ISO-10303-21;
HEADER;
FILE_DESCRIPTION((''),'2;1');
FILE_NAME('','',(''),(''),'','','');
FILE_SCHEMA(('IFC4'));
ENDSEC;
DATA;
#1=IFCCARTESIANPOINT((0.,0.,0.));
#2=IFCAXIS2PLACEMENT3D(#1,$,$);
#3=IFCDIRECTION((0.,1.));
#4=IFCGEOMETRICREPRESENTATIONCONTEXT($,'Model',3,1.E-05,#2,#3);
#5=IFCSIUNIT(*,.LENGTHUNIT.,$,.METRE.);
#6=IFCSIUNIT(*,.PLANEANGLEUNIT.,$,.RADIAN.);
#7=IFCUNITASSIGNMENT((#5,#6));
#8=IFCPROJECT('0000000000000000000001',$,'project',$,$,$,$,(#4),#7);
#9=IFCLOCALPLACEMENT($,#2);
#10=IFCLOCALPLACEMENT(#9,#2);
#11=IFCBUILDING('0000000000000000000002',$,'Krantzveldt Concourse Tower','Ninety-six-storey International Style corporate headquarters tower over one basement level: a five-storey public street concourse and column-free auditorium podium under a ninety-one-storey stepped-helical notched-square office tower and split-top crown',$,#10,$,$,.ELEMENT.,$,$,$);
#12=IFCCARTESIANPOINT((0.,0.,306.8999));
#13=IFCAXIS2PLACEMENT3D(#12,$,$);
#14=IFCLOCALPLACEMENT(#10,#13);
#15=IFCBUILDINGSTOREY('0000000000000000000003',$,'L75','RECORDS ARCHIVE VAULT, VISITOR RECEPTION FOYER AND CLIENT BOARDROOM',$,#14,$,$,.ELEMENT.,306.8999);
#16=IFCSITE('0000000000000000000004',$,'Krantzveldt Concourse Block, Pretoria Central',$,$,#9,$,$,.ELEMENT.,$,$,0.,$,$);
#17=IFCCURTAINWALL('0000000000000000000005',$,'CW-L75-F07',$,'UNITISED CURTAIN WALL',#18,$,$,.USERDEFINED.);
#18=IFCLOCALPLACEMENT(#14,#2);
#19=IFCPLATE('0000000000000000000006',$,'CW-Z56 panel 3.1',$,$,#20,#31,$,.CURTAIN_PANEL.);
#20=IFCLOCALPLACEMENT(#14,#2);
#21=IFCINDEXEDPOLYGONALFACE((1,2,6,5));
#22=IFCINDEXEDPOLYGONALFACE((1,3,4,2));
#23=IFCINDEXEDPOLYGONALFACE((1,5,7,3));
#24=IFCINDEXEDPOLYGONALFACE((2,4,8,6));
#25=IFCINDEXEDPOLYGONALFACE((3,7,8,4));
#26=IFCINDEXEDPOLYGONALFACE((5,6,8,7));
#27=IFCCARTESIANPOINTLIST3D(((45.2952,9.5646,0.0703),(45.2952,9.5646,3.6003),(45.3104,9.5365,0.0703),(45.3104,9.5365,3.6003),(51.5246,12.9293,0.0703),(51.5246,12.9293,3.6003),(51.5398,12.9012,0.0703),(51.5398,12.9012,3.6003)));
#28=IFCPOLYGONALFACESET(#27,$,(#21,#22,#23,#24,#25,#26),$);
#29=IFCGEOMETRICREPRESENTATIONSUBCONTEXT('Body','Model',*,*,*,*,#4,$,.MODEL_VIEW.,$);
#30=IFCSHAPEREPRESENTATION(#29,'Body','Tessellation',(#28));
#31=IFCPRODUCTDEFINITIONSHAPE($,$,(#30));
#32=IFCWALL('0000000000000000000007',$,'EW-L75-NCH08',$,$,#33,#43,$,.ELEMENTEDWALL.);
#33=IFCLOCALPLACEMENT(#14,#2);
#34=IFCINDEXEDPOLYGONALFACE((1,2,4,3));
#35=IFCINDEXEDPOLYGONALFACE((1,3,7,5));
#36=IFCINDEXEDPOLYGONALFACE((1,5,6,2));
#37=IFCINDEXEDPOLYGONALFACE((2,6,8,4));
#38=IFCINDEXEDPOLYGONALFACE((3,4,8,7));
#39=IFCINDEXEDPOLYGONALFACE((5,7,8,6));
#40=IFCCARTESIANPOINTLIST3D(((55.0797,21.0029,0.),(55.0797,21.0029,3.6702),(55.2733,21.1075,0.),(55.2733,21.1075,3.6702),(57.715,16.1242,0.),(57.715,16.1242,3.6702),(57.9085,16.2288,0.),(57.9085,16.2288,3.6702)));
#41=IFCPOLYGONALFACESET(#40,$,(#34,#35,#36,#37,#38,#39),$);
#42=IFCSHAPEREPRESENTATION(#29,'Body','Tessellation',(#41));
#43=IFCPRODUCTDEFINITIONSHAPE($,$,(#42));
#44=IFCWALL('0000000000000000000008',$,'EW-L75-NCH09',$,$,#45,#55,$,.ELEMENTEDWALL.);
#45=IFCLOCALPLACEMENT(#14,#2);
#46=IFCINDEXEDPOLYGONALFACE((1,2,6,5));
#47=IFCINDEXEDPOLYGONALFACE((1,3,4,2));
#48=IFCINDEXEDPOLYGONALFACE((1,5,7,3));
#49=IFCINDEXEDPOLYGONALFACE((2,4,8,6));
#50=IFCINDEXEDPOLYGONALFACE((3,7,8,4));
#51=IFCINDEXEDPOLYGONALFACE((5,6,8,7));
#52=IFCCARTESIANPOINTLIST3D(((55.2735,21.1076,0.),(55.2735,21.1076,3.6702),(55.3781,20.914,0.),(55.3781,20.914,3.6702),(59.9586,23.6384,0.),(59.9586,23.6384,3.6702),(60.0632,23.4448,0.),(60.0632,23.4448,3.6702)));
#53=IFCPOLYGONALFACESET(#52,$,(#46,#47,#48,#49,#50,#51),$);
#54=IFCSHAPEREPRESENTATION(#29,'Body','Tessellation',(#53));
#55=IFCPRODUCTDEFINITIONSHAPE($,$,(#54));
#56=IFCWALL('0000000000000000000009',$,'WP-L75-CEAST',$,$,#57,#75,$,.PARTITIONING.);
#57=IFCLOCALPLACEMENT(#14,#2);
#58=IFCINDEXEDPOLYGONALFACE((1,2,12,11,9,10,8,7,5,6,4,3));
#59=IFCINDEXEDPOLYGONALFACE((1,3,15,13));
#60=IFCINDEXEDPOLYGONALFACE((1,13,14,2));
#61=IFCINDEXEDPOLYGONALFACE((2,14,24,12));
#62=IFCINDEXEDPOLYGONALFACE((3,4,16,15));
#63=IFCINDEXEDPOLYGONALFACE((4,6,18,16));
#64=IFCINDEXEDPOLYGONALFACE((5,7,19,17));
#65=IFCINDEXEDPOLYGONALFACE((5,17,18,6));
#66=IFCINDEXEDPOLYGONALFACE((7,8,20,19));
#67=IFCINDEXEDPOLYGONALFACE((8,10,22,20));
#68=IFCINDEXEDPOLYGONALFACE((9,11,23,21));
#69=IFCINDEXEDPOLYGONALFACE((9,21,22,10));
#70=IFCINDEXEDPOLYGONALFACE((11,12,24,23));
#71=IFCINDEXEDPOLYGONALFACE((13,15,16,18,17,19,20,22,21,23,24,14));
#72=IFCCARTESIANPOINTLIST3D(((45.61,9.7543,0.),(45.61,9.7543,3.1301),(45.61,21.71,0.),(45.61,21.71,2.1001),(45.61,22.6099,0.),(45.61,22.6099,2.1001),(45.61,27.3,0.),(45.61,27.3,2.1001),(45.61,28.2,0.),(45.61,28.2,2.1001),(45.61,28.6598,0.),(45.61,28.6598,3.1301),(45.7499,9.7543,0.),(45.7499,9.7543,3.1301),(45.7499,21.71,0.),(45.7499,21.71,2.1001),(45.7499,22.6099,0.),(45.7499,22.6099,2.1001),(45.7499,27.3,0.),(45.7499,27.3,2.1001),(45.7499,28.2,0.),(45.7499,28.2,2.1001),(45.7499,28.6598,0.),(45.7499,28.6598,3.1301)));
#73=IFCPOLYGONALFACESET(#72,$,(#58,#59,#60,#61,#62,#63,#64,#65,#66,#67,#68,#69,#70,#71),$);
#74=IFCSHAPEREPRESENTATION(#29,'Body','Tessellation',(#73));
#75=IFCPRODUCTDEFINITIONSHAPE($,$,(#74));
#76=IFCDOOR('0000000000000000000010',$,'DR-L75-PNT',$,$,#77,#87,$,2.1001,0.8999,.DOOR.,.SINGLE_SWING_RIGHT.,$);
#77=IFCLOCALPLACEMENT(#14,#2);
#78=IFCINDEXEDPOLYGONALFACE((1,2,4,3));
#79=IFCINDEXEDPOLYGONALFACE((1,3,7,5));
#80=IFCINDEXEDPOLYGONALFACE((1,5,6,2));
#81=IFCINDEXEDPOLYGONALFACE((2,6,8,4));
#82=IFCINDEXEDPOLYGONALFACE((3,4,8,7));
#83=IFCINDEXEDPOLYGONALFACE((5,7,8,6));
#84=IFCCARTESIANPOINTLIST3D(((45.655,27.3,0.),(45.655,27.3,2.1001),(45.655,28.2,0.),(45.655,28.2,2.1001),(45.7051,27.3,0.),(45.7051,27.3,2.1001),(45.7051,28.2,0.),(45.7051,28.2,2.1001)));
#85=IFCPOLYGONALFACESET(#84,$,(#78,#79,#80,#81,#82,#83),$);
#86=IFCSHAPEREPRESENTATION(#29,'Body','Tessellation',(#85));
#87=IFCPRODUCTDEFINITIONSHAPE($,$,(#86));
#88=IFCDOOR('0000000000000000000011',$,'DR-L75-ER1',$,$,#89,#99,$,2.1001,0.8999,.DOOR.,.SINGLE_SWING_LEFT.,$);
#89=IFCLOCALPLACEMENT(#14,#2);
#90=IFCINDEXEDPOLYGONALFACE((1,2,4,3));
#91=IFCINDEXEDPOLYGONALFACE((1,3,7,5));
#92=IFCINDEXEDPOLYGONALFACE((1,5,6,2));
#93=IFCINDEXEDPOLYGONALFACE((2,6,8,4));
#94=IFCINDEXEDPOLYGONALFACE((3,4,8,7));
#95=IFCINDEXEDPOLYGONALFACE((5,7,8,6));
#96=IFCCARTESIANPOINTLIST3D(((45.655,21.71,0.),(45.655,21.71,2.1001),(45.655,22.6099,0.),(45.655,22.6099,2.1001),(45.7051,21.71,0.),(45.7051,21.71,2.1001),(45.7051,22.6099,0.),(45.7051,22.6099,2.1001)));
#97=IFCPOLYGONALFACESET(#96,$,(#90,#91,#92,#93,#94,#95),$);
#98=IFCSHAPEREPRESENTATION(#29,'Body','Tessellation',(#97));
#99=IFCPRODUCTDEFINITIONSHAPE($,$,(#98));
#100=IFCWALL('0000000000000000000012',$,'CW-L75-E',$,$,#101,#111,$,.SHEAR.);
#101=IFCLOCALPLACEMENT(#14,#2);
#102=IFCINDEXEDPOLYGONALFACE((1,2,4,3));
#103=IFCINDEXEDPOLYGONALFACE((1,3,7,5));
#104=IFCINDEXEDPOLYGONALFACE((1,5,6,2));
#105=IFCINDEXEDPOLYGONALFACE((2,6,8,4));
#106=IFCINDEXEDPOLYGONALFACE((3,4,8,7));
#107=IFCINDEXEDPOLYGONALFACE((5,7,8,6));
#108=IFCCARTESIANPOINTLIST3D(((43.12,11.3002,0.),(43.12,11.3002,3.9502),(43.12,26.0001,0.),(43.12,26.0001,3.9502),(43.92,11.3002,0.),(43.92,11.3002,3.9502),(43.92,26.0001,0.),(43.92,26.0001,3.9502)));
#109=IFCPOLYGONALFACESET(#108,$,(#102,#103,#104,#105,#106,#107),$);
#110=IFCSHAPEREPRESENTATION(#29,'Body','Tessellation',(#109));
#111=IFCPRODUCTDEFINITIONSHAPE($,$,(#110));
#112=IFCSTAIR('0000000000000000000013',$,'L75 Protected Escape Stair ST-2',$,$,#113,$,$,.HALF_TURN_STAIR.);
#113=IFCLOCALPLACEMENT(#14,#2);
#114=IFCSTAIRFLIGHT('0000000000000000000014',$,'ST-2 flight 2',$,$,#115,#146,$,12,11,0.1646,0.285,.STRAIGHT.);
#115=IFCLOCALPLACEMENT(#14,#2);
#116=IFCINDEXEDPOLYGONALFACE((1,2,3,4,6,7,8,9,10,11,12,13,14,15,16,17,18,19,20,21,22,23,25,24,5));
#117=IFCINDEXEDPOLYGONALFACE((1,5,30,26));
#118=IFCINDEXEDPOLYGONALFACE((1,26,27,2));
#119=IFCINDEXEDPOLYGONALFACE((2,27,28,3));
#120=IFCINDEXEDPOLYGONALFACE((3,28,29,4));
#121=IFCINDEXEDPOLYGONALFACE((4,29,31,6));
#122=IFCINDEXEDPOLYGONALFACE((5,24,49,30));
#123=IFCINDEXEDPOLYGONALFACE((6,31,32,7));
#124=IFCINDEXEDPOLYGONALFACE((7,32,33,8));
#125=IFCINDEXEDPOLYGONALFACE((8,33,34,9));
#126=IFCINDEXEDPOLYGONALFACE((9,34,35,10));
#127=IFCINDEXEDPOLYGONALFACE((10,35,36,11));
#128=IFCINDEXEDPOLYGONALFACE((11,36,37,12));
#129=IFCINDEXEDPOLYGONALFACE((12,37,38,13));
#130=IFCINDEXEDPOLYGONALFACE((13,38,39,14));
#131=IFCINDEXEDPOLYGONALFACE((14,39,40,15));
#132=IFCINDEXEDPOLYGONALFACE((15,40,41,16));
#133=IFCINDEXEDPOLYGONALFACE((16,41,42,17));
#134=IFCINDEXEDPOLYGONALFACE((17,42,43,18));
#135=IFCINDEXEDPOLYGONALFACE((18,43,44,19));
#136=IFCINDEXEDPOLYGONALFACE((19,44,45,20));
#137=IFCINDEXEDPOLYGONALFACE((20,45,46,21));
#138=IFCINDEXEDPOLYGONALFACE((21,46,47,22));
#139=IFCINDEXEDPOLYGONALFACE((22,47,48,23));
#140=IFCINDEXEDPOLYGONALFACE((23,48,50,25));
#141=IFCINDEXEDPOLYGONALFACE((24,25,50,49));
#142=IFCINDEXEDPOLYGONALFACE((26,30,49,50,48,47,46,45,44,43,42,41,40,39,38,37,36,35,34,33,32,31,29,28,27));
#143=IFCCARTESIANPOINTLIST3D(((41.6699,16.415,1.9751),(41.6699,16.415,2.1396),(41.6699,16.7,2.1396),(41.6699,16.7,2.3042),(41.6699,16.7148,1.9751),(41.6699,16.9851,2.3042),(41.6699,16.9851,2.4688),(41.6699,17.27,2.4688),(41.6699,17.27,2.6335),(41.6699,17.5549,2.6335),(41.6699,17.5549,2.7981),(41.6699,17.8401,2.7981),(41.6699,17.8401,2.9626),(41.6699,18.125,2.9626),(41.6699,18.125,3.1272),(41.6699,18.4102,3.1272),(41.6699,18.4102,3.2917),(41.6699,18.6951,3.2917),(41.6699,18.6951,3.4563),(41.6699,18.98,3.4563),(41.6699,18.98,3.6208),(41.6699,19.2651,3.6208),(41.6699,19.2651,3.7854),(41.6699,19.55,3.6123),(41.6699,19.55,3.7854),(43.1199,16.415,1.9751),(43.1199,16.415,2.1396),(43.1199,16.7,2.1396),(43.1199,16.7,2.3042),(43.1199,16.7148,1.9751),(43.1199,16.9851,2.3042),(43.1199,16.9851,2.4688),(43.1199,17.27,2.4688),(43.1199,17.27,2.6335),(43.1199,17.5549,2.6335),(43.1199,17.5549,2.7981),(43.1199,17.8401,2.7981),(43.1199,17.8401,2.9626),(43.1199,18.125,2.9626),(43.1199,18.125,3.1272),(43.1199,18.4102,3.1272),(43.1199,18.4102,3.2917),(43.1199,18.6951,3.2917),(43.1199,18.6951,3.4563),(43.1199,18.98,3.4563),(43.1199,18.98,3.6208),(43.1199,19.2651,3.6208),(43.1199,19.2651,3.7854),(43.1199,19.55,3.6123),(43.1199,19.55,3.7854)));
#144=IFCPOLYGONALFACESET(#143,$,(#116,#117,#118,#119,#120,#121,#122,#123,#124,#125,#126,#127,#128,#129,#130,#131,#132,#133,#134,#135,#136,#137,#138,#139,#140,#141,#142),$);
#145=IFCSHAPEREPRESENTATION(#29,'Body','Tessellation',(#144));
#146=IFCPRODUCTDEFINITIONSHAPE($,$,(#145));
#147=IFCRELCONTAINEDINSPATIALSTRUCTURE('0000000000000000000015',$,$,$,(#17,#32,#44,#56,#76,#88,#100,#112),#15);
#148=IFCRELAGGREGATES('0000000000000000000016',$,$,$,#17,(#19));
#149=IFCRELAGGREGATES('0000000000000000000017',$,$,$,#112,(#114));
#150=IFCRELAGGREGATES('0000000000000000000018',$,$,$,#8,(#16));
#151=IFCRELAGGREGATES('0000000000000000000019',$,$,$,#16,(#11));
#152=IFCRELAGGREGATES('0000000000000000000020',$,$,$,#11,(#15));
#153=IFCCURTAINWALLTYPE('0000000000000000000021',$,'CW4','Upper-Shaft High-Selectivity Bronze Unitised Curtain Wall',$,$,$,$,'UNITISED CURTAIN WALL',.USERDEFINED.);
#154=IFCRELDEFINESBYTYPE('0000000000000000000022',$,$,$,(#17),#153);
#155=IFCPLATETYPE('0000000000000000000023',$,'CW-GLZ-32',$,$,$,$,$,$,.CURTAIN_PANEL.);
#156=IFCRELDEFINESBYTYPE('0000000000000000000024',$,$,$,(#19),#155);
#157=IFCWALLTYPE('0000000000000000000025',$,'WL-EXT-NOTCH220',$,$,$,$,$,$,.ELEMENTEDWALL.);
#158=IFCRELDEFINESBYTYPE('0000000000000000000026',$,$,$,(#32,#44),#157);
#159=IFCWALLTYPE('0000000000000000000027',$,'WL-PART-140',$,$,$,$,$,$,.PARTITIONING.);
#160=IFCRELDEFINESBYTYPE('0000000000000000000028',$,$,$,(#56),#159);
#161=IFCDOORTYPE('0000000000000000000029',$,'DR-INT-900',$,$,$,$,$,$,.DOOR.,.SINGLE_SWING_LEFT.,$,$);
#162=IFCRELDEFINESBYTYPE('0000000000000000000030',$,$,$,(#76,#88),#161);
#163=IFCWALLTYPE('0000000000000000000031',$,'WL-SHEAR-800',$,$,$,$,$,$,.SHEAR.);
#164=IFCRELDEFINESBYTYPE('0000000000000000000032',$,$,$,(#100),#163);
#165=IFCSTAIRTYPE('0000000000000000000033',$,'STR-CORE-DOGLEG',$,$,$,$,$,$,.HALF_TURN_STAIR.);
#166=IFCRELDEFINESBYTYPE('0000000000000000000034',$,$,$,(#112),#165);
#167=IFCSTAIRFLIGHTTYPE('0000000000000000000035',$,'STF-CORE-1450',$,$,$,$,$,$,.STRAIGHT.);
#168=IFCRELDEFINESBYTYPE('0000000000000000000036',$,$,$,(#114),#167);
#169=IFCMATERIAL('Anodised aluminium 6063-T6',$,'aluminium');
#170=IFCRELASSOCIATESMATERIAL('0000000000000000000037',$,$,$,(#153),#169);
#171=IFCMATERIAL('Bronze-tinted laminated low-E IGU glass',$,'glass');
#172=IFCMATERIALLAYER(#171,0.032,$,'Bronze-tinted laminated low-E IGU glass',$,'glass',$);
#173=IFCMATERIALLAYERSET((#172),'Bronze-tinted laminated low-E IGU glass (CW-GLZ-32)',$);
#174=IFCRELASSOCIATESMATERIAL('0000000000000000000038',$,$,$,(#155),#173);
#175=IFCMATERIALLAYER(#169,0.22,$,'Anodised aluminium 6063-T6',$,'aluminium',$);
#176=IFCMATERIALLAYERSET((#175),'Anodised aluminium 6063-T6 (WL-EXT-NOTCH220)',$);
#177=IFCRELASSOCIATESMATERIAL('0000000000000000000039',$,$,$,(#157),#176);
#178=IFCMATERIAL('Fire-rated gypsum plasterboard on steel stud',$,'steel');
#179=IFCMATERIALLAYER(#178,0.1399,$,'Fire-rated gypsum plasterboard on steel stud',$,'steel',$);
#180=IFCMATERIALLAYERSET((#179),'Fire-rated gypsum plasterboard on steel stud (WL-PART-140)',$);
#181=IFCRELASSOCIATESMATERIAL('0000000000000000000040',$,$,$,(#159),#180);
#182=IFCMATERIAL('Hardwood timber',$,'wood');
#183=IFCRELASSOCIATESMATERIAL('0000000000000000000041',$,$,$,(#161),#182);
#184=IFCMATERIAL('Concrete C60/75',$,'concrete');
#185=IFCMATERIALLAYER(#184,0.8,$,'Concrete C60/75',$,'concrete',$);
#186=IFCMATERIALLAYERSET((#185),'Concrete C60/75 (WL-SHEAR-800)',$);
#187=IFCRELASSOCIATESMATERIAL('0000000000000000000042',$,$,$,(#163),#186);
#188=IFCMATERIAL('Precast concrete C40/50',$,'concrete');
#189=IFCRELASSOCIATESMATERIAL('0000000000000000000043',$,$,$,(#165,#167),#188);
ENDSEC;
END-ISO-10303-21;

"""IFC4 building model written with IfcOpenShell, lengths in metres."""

from ifc_helpers import new_model, si_unit, direction, frame, frame_2d, origin, origin_2d, place, context, subcontext, project, spatial, polyline, rectangle, outline, extrude, source, transform, mapped, material, layer, layer_set, type_object, element, fill, aggregate, save


model = new_model("IFC4")

# Units and contexts
model_context = context("Model", 3, precision=1e-05, world=origin(), true_north=direction((0.0, 1.0)))
body_context = subcontext(model_context, "Body", "Model", "MODEL_VIEW")
ifc_project = project(units=[si_unit("LENGTHUNIT", "METRE"), si_unit("PLANEANGLEUNIT", "RADIAN")], contexts=[model_context])

# Site, building, storey
site_placement = place(None, origin())
site = spatial("IfcSite", under=ifc_project, at=site_placement, Name="Krantzveldt Concourse Block, Pretoria Central", CompositionType="ELEMENT", RefElevation=0.0)
building_placement = place(site_placement, origin())
building = spatial("IfcBuilding", under=site, at=building_placement, Name="Krantzveldt Concourse Tower", Description="Ninety-six-storey International Style corporate headquarters tower over one basement level: a five-storey public street concourse and column-free auditorium podium under a ninety-one-storey stepped-helical notched-square office tower and split-top crown", CompositionType="ELEMENT")
storey_placement = place(building_placement, frame((0.0, 0.0, 306.8999)))
storey = spatial("IfcBuildingStorey", under=building, at=storey_placement, Name="L75", Description="RECORDS ARCHIVE VAULT, VISITOR RECEPTION FOYER AND CLIENT BOARDROOM", CompositionType="ELEMENT", Elevation=306.8999)

# Curtain wall
ifc_material_1 = material(Name="Anodised aluminium 6063-T6", Category="aluminium")
curtain_wall_type = type_object("IfcCurtainWallType", Name="CW4", Description="Upper-Shaft High-Selectivity Bronze Unitised Curtain Wall", ElementType="UNITISED CURTAIN WALL", PredefinedType="USERDEFINED", material=ifc_material_1)
curtain_wall_1_placement = place(storey_placement, origin())
curtain_wall_1 = element("IfcCurtainWall", 1, at=curtain_wall_1_placement, inside=storey, type_object=curtain_wall_type, Name="CW-L75-F07", ObjectType="UNITISED CURTAIN WALL", PredefinedType="USERDEFINED")

# Plate
ifc_material_2 = material(Name="Bronze-tinted laminated low-E IGU glass", Category="glass")
ifc_layer_1 = layer(ifc_material_2, 0.032, Name="Bronze-tinted laminated low-E IGU glass", Category="glass")
ifc_layer_set_1 = layer_set([ifc_layer_1], Name="Bronze-tinted laminated low-E IGU glass (CW-GLZ-32)")
plate_type = type_object("IfcPlateType", Name="CW-GLZ-32", PredefinedType="CURTAIN_PANEL", material=ifc_layer_set_1)
shared_shape_1 = source(origin(), body_context, "Body", "SweptSolid", [
    extrude(rectangle(XDim=7.0801, YDim=0.032, at=origin_2d()), origin(), (0.0, 0.0, 1.0), 3.53),
])
plate_1_placement = place(storey_placement, frame((48.4175, 11.2329, 0.0703), z_axis=(0.0, 0.0, 1.0), x_axis=(0.879856, 0.47524, 0.0)))
plate_1 = element("IfcPlate", 2, at=plate_1_placement, type_object=plate_type, Name="CW-Z56 panel 3.1", PredefinedType="CURTAIN_PANEL", context=body_context, shape_type="MappedRepresentation", body=[
    mapped(shared_shape_1, transform((0.0, 0.0, 0.0), x_axis=(1.0, 0.0, 0.0), y_axis=(0.0, 1.0, 0.0), z_axis=(0.0, 0.0, 1.0), scale=1.0)),
])
aggregate(curtain_wall_1, [plate_1])

# Walls
ifc_layer_2 = layer(ifc_material_1, 0.22, Name="Anodised aluminium 6063-T6", Category="aluminium")
ifc_layer_set_2 = layer_set([ifc_layer_2], Name="Anodised aluminium 6063-T6 (WL-EXT-NOTCH220)")
wall_type_1 = type_object("IfcWallType", Name="WL-EXT-NOTCH220", PredefinedType="ELEMENTEDWALL", material=ifc_layer_set_2)
wall_1_placement = place(storey_placement, frame((57.8118, 16.1765, 0.0), z_axis=(0.0, 0.0, 1.0), x_axis=(-0.475257, 0.879847, 0.0)))
element("IfcWall", 3, at=wall_1_placement, inside=storey, type_object=wall_type_1, Name="EW-L75-NCH08", PredefinedType="ELEMENTEDWALL", context=body_context, shape_type="SweptSolid", body=[
    extrude(rectangle(XDim=5.5449, YDim=0.22, at=frame_2d((2.7725, 0.0))), origin(), (0.0, 0.0, 1.0), 3.6702),
])
wall_2_placement = place(storey_placement, frame((55.3257, 21.0107, 0.0), z_axis=(0.0, 0.0, 1.0), x_axis=(0.87984, 0.47527, 0.0)))
element("IfcWall", 4, at=wall_2_placement, inside=storey, type_object=wall_type_1, Name="EW-L75-NCH09", PredefinedType="ELEMENTEDWALL", context=body_context, shape_type="SweptSolid", body=[
    extrude(rectangle(XDim=5.325, YDim=0.22, at=frame_2d((2.6626, 0.0))), origin(), (0.0, 0.0, 1.0), 3.6702),
])

# Wall, openings, doors
ifc_material_3 = material(Name="Fire-rated gypsum plasterboard on steel stud", Category="steel")
ifc_layer_3 = layer(ifc_material_3, 0.1399, Name="Fire-rated gypsum plasterboard on steel stud", Category="steel")
ifc_layer_set_3 = layer_set([ifc_layer_3], Name="Fire-rated gypsum plasterboard on steel stud (WL-PART-140)")
wall_type_2 = type_object("IfcWallType", Name="WL-PART-140", PredefinedType="PARTITIONING", material=ifc_layer_set_3)
wall_3_placement = place(storey_placement, frame((45.6799, 9.7544, 0.0), z_axis=(0.0, 0.0, 1.0), x_axis=(0.0, 1.0, 0.0)))
wall_3 = element("IfcWall", 5, at=wall_3_placement, inside=storey, type_object=wall_type_2, Name="WP-L75-CEAST", PredefinedType="PARTITIONING", context=body_context, shape_type="SweptSolid", body=[
    extrude(rectangle(XDim=18.9055, YDim=0.1399, at=frame_2d((9.4526, 0.0))), origin(), (0.0, 0.0, 1.0), 3.1301),
])
opening_1_placement = place(wall_3_placement, frame((17.5457, 0.0, 0.0)))
opening_1 = element("IfcOpeningElement", 6, at=opening_1_placement, cuts=wall_3, PredefinedType="OPENING", context=body_context, shape_type="SweptSolid", body=[
    extrude(rectangle(XDim=0.8999, YDim=2.1001, at=frame_2d((0.45, 1.05))), frame((0.0, 0.0801, 0.0), z_axis=(0.0, -1.0, 0.0), x_axis=(1.0, 0.0, 0.0)), (0.0, 0.0, 1.0), 0.1599),
])
opening_2_placement = place(wall_3_placement, frame((11.9556, 0.0, 0.0)))
opening_2 = element("IfcOpeningElement", 7, at=opening_2_placement, cuts=wall_3, PredefinedType="OPENING", context=body_context, shape_type="SweptSolid", body=[
    extrude(rectangle(XDim=0.8999, YDim=2.1001, at=frame_2d((0.45, 1.05))), frame((0.0, 0.0801, 0.0), z_axis=(0.0, -1.0, 0.0), x_axis=(1.0, 0.0, 0.0)), (0.0, 0.0, 1.0), 0.1599),
])
ifc_material_4 = material(Name="Hardwood timber", Category="wood")
door_type = type_object("IfcDoorType", Name="DR-INT-900", OperationType="SINGLE_SWING_LEFT", PredefinedType="DOOR", material=ifc_material_4)
door_1_placement = place(opening_1_placement, origin())
door_1 = element("IfcDoor", 8, at=door_1_placement, inside=storey, type_object=door_type, Name="DR-L75-PNT", OperationType="SINGLE_SWING_RIGHT", OverallHeight=2.1001, OverallWidth=0.8999, PredefinedType="DOOR", context=body_context, shape_type="SweptSolid", body=[
    extrude(rectangle(XDim=0.8999, YDim=2.1001, at=frame_2d((0.45, 1.05))), frame((0.0, 0.0249, 0.0), z_axis=(0.0, -1.0, 0.0), x_axis=(1.0, 0.0, 0.0)), (0.0, 0.0, 1.0), 0.05),
])
fill(opening_1, door_1)
door_2_placement = place(opening_2_placement, origin())
door_2 = element("IfcDoor", 9, at=door_2_placement, inside=storey, type_object=door_type, Name="DR-L75-ER1", OperationType="SINGLE_SWING_LEFT", OverallHeight=2.1001, OverallWidth=0.8999, PredefinedType="DOOR", context=body_context, shape_type="SweptSolid", body=[
    extrude(rectangle(XDim=0.8999, YDim=2.1001, at=frame_2d((0.45, 1.05))), frame((0.0, 0.0249, 0.0), z_axis=(0.0, -1.0, 0.0), x_axis=(1.0, 0.0, 0.0)), (0.0, 0.0, 1.0), 0.05),
])
fill(opening_2, door_2)

# Wall
ifc_material_5 = material(Name="Concrete C60/75", Category="concrete")
ifc_layer_4 = layer(ifc_material_5, 0.8, Name="Concrete C60/75", Category="concrete")
ifc_layer_set_4 = layer_set([ifc_layer_4], Name="Concrete C60/75 (WL-SHEAR-800)")
wall_type_3 = type_object("IfcWallType", Name="WL-SHEAR-800", PredefinedType="SHEAR", material=ifc_layer_set_4)
wall_4_placement = place(storey_placement, frame((43.52, 11.3, 0.0), z_axis=(0.0, 0.0, 1.0), x_axis=(0.0, 1.0, 0.0)))
element("IfcWall", 10, at=wall_4_placement, inside=storey, type_object=wall_type_3, Name="CW-L75-E", PredefinedType="SHEAR", context=body_context, shape_type="SweptSolid", body=[
    extrude(rectangle(XDim=14.7, YDim=0.8, at=frame_2d((7.3501, 0.0))), origin(), (0.0, 0.0, 1.0), 3.9502),
])

# Stair, stair flight
ifc_material_6 = material(Name="Precast concrete C40/50", Category="concrete")
stair_type = type_object("IfcStairType", Name="STR-CORE-DOGLEG", PredefinedType="HALF_TURN_STAIR", material=ifc_material_6)
stair_placement = place(storey_placement, origin())
stair = element("IfcStair", 11, at=stair_placement, inside=storey, type_object=stair_type, Name="L75 Protected Escape Stair ST-2", PredefinedType="HALF_TURN_STAIR")
stair_flight_type = type_object("IfcStairFlightType", Name="STF-CORE-1450", PredefinedType="STRAIGHT", material=ifc_material_6)
stair_flight_placement = place(storey_placement, frame((42.395, 16.415, 1.9751), z_axis=(0.0, 0.0, 1.0), x_axis=(0.0, 1.0, 0.0)))
stair_flight = element("IfcStairFlight", 12, at=stair_flight_placement, type_object=stair_flight_type, Name="ST-2 flight 2", NumberOfRisers=12, NumberOfTreads=11, PredefinedType="STRAIGHT", RiserHeight=0.1646, TreadLength=0.285, context=body_context, shape_type="SweptSolid", body=[
    extrude(outline(polyline([(0.0, 0.0), (0.0, 0.1646), (0.2849, 0.1646), (0.2849, 0.3291), (0.5701, 0.3291), (0.5701, 0.4937), (0.855, 0.4937), (0.855, 0.6584), (1.1399, 0.6584), (1.1399, 0.823), (1.425, 0.823), (1.425, 0.9875), (1.71, 0.9875), (1.71, 1.1521), (1.9951, 1.1521), (1.9951, 1.3167), (2.28, 1.3167), (2.28, 1.4812), (2.5649, 1.4812), (2.5649, 1.6458), (2.8501, 1.6458), (2.8501, 1.8103), (3.135, 1.8103), (3.135, 1.9751), (3.135, 1.6372), (0.2998, 0.0), (0.0, 0.0)])), frame((0.0, 0.7251, 0.0), z_axis=(0.0, -1.0, 0.0), x_axis=(1.0, 0.0, 0.0)), (0.0, 0.0, 1.0), 1.45),
])
aggregate(stair, [stair_flight])

save(model, "model.ifc")
